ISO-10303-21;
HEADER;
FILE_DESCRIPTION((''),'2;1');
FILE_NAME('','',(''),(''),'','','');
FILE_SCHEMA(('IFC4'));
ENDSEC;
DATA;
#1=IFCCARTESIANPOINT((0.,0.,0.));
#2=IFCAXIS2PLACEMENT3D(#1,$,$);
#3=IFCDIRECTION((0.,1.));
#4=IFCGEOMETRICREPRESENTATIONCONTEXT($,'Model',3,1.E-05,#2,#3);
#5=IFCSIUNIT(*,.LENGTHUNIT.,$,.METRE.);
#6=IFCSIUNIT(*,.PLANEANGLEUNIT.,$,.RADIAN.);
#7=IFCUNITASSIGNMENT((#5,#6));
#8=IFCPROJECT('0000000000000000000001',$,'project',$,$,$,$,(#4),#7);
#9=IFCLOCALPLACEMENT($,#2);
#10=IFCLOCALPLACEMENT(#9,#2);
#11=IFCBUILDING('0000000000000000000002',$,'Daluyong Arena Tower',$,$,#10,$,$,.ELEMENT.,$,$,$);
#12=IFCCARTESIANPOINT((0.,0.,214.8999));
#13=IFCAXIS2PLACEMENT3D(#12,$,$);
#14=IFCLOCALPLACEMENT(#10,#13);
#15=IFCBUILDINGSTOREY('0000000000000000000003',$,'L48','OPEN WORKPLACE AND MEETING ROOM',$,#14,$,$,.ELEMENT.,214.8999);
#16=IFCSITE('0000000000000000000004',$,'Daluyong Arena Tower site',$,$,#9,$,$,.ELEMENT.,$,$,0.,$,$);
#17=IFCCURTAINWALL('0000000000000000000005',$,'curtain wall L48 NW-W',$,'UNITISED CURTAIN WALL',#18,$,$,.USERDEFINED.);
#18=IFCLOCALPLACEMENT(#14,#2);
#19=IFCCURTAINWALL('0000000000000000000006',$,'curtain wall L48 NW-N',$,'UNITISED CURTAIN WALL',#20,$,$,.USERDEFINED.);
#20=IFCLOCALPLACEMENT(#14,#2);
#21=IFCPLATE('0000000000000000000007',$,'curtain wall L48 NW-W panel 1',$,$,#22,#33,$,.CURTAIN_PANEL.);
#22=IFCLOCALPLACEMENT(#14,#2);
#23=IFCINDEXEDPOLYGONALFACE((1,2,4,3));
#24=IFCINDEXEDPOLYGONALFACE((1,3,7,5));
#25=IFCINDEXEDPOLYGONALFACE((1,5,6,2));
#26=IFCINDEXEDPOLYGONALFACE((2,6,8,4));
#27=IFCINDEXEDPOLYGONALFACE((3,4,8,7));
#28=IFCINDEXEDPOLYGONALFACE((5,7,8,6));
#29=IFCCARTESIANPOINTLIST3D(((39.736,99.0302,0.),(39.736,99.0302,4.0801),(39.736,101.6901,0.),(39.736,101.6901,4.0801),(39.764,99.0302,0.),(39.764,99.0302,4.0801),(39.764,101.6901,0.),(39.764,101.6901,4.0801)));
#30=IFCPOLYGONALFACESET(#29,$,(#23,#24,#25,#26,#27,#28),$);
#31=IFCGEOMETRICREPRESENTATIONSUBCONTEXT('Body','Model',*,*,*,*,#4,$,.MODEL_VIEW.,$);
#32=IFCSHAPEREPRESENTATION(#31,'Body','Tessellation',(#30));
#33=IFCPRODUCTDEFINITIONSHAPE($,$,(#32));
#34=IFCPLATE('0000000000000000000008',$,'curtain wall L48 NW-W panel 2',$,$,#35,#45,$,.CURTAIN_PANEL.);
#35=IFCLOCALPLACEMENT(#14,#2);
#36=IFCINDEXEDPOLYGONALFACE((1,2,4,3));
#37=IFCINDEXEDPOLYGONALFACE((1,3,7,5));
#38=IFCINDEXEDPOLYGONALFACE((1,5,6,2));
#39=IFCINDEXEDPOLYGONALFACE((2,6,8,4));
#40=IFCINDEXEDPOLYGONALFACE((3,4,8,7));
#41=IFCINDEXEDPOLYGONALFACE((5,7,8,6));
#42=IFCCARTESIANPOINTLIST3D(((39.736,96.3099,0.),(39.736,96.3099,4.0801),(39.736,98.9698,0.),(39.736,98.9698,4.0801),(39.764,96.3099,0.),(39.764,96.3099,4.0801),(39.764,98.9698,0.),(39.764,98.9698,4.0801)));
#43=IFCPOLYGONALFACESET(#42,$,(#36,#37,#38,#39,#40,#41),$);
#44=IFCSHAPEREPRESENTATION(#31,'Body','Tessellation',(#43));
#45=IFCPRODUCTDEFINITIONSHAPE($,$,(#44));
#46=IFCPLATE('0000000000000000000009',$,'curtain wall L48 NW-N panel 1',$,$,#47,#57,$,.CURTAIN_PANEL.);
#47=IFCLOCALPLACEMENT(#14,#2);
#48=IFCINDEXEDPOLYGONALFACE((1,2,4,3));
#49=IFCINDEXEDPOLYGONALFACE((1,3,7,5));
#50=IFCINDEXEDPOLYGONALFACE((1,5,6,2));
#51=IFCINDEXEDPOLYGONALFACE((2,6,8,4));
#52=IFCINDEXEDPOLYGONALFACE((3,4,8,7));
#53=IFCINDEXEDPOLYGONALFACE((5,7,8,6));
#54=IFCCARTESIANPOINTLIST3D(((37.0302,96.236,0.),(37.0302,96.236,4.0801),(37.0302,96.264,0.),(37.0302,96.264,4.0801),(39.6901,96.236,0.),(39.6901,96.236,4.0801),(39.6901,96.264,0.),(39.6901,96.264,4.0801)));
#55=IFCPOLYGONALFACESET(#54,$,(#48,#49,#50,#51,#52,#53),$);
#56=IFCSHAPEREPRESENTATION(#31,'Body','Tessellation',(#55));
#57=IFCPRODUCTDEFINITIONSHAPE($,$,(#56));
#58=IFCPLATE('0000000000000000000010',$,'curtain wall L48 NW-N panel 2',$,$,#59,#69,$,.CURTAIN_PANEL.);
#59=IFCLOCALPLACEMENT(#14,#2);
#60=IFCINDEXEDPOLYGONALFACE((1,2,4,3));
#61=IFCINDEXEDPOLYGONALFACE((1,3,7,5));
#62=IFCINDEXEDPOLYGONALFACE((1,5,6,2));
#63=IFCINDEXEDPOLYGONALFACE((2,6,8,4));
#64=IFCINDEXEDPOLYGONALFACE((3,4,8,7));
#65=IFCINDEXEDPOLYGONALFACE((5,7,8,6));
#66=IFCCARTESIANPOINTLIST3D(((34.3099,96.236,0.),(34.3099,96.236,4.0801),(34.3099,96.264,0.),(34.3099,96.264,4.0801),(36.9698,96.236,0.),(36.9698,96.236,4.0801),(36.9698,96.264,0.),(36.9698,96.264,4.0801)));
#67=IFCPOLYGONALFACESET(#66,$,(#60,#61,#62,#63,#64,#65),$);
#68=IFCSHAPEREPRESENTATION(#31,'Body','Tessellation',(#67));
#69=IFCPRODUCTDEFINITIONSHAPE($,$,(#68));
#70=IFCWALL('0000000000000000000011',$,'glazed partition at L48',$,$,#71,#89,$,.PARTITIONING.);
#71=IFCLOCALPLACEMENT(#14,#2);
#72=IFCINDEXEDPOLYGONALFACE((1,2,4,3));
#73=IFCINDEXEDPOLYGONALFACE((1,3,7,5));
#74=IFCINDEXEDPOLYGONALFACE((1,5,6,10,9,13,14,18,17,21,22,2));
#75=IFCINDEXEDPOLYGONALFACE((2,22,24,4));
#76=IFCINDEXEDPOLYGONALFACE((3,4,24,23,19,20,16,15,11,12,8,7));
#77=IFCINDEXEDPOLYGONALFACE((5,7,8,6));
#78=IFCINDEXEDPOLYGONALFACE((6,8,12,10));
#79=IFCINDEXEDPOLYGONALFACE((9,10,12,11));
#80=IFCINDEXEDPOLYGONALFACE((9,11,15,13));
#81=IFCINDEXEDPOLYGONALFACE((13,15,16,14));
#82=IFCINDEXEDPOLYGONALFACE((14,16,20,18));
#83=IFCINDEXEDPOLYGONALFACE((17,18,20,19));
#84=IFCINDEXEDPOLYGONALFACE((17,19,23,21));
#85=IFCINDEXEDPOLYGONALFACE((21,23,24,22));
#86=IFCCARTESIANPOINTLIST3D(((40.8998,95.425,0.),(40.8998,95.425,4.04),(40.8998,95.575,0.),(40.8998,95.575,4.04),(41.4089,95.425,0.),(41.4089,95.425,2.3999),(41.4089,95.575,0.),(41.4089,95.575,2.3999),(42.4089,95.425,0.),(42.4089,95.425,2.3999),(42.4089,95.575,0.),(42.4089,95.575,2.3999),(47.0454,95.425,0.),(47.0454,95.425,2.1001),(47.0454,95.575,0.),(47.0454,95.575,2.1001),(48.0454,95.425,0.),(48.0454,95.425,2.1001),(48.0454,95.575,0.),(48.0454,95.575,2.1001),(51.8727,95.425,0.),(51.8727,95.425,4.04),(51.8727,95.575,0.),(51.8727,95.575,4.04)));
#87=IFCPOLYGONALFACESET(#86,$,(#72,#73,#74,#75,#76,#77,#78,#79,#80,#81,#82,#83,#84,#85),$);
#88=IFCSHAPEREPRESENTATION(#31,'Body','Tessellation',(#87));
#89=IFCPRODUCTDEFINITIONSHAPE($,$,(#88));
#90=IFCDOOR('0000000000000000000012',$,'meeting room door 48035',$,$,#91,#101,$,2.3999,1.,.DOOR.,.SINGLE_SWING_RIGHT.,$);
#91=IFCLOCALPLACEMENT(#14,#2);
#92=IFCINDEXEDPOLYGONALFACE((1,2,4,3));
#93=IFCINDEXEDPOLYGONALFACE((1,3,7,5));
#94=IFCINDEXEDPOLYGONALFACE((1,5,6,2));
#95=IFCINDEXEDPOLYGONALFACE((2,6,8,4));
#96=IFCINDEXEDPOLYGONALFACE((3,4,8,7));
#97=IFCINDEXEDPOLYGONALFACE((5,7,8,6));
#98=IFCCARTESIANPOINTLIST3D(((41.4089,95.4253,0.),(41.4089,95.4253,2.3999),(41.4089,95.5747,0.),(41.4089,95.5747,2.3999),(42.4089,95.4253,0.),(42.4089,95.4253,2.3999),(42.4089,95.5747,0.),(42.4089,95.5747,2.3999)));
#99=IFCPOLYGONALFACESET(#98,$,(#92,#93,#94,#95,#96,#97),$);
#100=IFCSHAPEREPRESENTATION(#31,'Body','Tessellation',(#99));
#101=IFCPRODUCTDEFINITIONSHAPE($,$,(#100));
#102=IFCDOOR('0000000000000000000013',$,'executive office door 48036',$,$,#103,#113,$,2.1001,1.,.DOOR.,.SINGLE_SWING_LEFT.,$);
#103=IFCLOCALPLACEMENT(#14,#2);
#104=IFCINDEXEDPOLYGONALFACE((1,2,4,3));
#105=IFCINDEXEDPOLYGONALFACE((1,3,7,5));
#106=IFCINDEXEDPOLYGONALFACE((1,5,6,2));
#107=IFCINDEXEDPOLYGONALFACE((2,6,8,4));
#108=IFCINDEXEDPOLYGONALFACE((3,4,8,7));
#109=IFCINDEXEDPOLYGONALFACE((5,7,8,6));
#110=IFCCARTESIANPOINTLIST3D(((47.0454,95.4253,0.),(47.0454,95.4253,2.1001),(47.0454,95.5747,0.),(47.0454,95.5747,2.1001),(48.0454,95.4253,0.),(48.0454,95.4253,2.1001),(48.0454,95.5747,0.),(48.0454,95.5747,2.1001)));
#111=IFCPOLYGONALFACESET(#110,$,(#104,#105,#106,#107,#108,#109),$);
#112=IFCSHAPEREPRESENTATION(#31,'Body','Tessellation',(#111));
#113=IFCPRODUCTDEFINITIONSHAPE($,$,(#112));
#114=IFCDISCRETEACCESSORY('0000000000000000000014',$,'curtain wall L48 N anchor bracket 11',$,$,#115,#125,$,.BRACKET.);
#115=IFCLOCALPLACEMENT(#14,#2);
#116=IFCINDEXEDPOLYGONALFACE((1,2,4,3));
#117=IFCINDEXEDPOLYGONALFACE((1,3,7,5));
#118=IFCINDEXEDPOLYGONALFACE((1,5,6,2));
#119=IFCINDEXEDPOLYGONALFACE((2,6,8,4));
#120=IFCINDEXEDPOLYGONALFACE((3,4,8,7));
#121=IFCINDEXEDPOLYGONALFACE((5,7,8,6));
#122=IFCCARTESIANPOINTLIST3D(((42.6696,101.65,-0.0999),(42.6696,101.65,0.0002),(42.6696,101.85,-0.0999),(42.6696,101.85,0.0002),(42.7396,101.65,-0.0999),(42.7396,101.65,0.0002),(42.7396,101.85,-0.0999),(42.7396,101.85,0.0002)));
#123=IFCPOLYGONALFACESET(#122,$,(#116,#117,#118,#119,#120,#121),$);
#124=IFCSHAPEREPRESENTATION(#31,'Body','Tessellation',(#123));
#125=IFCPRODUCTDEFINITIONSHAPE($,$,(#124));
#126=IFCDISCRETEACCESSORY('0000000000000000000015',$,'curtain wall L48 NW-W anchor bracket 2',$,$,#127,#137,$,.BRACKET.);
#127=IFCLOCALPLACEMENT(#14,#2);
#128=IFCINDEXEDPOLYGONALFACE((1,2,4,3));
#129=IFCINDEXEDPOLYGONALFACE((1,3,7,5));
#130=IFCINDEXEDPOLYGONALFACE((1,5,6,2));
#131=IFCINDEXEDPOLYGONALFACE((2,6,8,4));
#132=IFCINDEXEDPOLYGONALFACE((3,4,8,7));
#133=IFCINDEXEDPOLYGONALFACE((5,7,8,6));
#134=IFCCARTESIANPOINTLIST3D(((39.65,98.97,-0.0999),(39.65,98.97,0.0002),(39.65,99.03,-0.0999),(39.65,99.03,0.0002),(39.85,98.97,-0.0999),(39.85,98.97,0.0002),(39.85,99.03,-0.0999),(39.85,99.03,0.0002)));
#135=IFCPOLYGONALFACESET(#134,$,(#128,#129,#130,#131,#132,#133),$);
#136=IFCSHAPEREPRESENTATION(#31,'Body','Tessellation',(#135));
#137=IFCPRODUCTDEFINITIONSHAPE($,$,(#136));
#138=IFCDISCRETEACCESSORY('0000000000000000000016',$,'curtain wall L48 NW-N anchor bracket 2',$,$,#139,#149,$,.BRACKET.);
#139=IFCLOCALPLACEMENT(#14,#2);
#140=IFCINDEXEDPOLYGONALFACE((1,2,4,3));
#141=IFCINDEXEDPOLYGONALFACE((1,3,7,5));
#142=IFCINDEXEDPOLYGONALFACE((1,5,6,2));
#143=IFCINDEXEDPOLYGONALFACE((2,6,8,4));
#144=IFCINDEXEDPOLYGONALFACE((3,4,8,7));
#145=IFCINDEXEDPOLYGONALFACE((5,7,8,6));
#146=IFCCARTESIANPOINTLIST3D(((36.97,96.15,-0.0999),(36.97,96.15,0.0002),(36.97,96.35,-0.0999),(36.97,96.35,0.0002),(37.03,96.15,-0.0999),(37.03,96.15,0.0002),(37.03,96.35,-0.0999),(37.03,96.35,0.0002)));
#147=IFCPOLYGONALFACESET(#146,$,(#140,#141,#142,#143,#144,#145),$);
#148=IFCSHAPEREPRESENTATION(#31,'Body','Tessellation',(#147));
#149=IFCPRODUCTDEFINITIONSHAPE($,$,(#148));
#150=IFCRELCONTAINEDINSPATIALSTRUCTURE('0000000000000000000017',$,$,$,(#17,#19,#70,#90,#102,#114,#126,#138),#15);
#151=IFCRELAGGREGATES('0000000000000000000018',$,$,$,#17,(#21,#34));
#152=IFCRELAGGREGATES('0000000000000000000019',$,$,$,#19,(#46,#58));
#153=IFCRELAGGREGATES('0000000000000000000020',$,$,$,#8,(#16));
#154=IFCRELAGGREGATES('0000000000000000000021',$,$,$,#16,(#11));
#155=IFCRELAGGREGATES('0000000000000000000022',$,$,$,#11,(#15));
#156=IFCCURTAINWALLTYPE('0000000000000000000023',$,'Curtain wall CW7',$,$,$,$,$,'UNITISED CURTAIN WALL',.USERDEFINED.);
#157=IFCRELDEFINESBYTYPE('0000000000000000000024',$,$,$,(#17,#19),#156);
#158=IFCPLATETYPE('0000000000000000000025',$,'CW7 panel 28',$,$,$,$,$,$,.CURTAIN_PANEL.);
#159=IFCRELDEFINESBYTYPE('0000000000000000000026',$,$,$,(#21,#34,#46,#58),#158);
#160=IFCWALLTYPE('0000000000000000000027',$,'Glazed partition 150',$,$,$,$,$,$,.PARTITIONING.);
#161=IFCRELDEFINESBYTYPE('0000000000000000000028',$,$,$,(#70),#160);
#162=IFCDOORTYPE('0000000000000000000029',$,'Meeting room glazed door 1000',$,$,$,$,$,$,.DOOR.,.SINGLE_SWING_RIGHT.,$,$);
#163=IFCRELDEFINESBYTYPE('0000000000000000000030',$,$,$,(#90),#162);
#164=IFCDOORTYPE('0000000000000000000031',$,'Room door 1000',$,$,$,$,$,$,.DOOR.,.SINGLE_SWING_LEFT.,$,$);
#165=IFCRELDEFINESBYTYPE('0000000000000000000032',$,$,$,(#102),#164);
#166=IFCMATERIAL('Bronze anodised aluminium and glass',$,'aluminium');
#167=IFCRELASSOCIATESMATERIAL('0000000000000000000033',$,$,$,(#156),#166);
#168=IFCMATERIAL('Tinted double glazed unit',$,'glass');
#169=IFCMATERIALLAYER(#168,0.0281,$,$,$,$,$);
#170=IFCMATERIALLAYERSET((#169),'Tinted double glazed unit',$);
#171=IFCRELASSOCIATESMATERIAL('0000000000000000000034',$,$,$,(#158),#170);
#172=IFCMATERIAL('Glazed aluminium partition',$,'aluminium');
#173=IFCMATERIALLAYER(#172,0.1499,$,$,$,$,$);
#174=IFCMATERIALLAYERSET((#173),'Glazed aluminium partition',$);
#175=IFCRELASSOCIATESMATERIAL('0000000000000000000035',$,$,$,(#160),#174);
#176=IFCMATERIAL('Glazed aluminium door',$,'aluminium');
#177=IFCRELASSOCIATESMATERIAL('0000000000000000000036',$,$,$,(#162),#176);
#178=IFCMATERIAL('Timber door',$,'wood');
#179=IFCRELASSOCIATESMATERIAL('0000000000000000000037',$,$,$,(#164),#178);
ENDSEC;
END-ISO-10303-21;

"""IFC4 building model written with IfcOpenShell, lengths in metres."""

from ifc_helpers import new_model, si_unit, direction, frame, frame_2d, origin, origin_2d, place, context, subcontext, project, spatial, rectangle, extrude, material, layer, layer_set, type_object, element, fill, aggregate, save


model = new_model("IFC4")

# Units and contexts
model_context = context("Model", 3, precision=1e-05, world=origin(), true_north=direction((0.0, 1.0)))
body_context = subcontext(model_context, "Body", "Model", "MODEL_VIEW")
ifc_project = project(units=[si_unit("LENGTHUNIT", "METRE"), si_unit("PLANEANGLEUNIT", "RADIAN")], contexts=[model_context])

# Site, building, storey
site_placement = place(None, origin())
site = spatial("IfcSite", under=ifc_project, at=site_placement, Name="Daluyong Arena Tower site", CompositionType="ELEMENT", RefElevation=0.0)
building_placement = place(site_placement, origin())
building = spatial("IfcBuilding", under=site, at=building_placement, Name="Daluyong Arena Tower", CompositionType="ELEMENT")
storey_placement = place(building_placement, frame((0.0, 0.0, 214.8999)))
storey = spatial("IfcBuildingStorey", under=building, at=storey_placement, Name="L48", Description="OPEN WORKPLACE AND MEETING ROOM", CompositionType="ELEMENT", Elevation=214.8999)

# Curtain walls
ifc_material_1 = material(Name="Bronze anodised aluminium and glass", Category="aluminium")
curtain_wall_type_1 = type_object("IfcCurtainWallType", Name="Curtain wall CW7", ElementType="UNITISED CURTAIN WALL", PredefinedType="USERDEFINED", material=ifc_material_1)
curtain_wall_1_placement = place(storey_placement, origin())
curtain_wall_1 = element("IfcCurtainWall", 1, at=curtain_wall_1_placement, inside=storey, type_object=curtain_wall_type_1, Name="curtain wall L48 NW-W", ObjectType="UNITISED CURTAIN WALL", PredefinedType="USERDEFINED")
curtain_wall_2_placement = place(storey_placement, origin())
curtain_wall_2 = element("IfcCurtainWall", 2, at=curtain_wall_2_placement, inside=storey, type_object=curtain_wall_type_1, Name="curtain wall L48 NW-N", ObjectType="UNITISED CURTAIN WALL", PredefinedType="USERDEFINED")

# Plates
ifc_material_2 = material(Name="Tinted double glazed unit", Category="glass")
ifc_layer_1 = layer(ifc_material_2, 0.0281)
ifc_layer_set_1 = layer_set([ifc_layer_1], Name="Tinted double glazed unit")
plate_type_1 = type_object("IfcPlateType", Name="CW7 panel 28", PredefinedType="CURTAIN_PANEL", material=ifc_layer_set_1)
plate_1_placement = place(storey_placement, frame((39.75, 100.3601, 0.0), z_axis=(0.0, 0.0, 1.0), x_axis=(0.0, -1.0, 0.0)))
plate_1 = element("IfcPlate", 3, at=plate_1_placement, type_object=plate_type_1, Name="curtain wall L48 NW-W panel 1", PredefinedType="CURTAIN_PANEL", context=body_context, shape_type="SweptSolid", body=[
    extrude(rectangle(XDim=2.6599, YDim=0.0281, at=origin_2d()), origin(), (0.0, 0.0, 1.0), 4.0801),
])
plate_2_placement = place(storey_placement, frame((39.75, 97.6399, 0.0), z_axis=(0.0, 0.0, 1.0), x_axis=(0.0, -1.0, 0.0)))
plate_2 = element("IfcPlate", 4, at=plate_2_placement, type_object=plate_type_1, Name="curtain wall L48 NW-W panel 2", PredefinedType="CURTAIN_PANEL", context=body_context, shape_type="SweptSolid", body=[
    extrude(rectangle(XDim=2.6599, YDim=0.0281, at=origin_2d()), origin(), (0.0, 0.0, 1.0), 4.0801),
])
aggregate(curtain_wall_1, [plate_1, plate_2])
plate_3_placement = place(storey_placement, frame((38.3601, 96.25, 0.0), z_axis=(0.0, 0.0, 1.0), x_axis=(-1.0, 0.0, 0.0)))
plate_3 = element("IfcPlate", 5, at=plate_3_placement, type_object=plate_type_1, Name="curtain wall L48 NW-N panel 1", PredefinedType="CURTAIN_PANEL", context=body_context, shape_type="SweptSolid", body=[
    extrude(rectangle(XDim=2.6599, YDim=0.0281, at=origin_2d()), origin(), (0.0, 0.0, 1.0), 4.0801),
])
plate_4_placement = place(storey_placement, frame((35.6399, 96.25, 0.0), z_axis=(0.0, 0.0, 1.0), x_axis=(-1.0, 0.0, 0.0)))
plate_4 = element("IfcPlate", 6, at=plate_4_placement, type_object=plate_type_1, Name="curtain wall L48 NW-N panel 2", PredefinedType="CURTAIN_PANEL", context=body_context, shape_type="SweptSolid", body=[
    extrude(rectangle(XDim=2.6599, YDim=0.0281, at=origin_2d()), origin(), (0.0, 0.0, 1.0), 4.0801),
])
aggregate(curtain_wall_2, [plate_3, plate_4])

# Wall, openings, doors
ifc_material_3 = material(Name="Glazed aluminium partition", Category="aluminium")
ifc_layer_2 = layer(ifc_material_3, 0.1499)
ifc_layer_set_2 = layer_set([ifc_layer_2], Name="Glazed aluminium partition")
wall_type = type_object("IfcWallType", Name="Glazed partition 150", PredefinedType="PARTITIONING", material=ifc_layer_set_2)
wall_placement = place(storey_placement, frame((40.8999, 95.5, 0.0), z_axis=(0.0, 0.0, 1.0), x_axis=(1.0, 0.0, 0.0)))
wall = element("IfcWall", 7, at=wall_placement, inside=storey, type_object=wall_type, Name="glazed partition at L48", PredefinedType="PARTITIONING", context=body_context, shape_type="SweptSolid", body=[
    extrude(rectangle(XDim=10.9729, YDim=0.1499, at=frame_2d((5.4863, 0.0))), origin(), (0.0, 0.0, 1.0), 4.04),
])
opening_1_placement = place(wall_placement, frame((0.509, 0.0, 0.0)))
opening_1 = element("IfcOpeningElement", 8, at=opening_1_placement, cuts=wall, PredefinedType="OPENING", context=body_context, shape_type="SweptSolid", body=[
    extrude(rectangle(XDim=1.0, YDim=2.3999, at=frame_2d((0.5, 1.2))), frame((0.0, 0.085, 0.0), z_axis=(0.0, -1.0, 0.0), x_axis=(1.0, 0.0, 0.0)), (0.0, 0.0, 1.0), 0.1699),
])
opening_2_placement = place(wall_placement, frame((6.1455, 0.0, 0.0)))
opening_2 = element("IfcOpeningElement", 9, at=opening_2_placement, cuts=wall, PredefinedType="OPENING", context=body_context, shape_type="SweptSolid", body=[
    extrude(rectangle(XDim=1.0, YDim=2.1001, at=frame_2d((0.5, 1.05))), frame((0.0, 0.085, 0.0), z_axis=(0.0, -1.0, 0.0), x_axis=(1.0, 0.0, 0.0)), (0.0, 0.0, 1.0), 0.1699),
])
ifc_material_4 = material(Name="Glazed aluminium door", Category="aluminium")
door_type_1 = type_object("IfcDoorType", Name="Meeting room glazed door 1000", OperationType="SINGLE_SWING_RIGHT", PredefinedType="DOOR", material=ifc_material_4)
door_1_placement = place(opening_1_placement, origin())
door_1 = element("IfcDoor", 10, at=door_1_placement, inside=storey, type_object=door_type_1, Name="meeting room door 48035", OperationType="SINGLE_SWING_RIGHT", OverallHeight=2.3999, OverallWidth=1.0, PredefinedType="DOOR", context=body_context, shape_type="SweptSolid", body=[
    extrude(rectangle(XDim=1.0, YDim=2.3999, at=frame_2d((0.5, 1.2))), frame((0.0, 0.0747, 0.0), z_axis=(0.0, -1.0, 0.0), x_axis=(1.0, 0.0, 0.0)), (0.0, 0.0, 1.0), 0.1494),
])
fill(opening_1, door_1)
ifc_material_5 = material(Name="Timber door", Category="wood")
door_type_2 = type_object("IfcDoorType", Name="Room door 1000", OperationType="SINGLE_SWING_LEFT", PredefinedType="DOOR", material=ifc_material_5)
door_2_placement = place(opening_2_placement, origin())
door_2 = element("IfcDoor", 11, at=door_2_placement, inside=storey, type_object=door_type_2, Name="executive office door 48036", OperationType="SINGLE_SWING_LEFT", OverallHeight=2.1001, OverallWidth=1.0, PredefinedType="DOOR", context=body_context, shape_type="SweptSolid", body=[
    extrude(rectangle(XDim=1.0, YDim=2.1001, at=frame_2d((0.5, 1.05))), frame((0.0, 0.0747, 0.0), z_axis=(0.0, -1.0, 0.0), x_axis=(1.0, 0.0, 0.0)), (0.0, 0.0, 1.0), 0.1494),
])
fill(opening_2, door_2)

# Discrete accessories
discrete_accessory_placement = place(storey_placement, frame((42.7046, 101.75, -0.0999), z_axis=(0.0, 0.0, 1.0), x_axis=(-1.0, 0.0, 0.0)))
element("IfcDiscreteAccessory", 12, at=discrete_accessory_placement, inside=storey, Name="curtain wall L48 N anchor bracket 11", PredefinedType="BRACKET", context=body_context, shape_type="SweptSolid", body=[
    extrude(rectangle(XDim=0.0701, YDim=0.2, at=origin_2d()), origin(), (0.0, 0.0, 1.0), 0.1001),
])
for number, where, z_axis, x_axis, name in (
    (13, (39.75, 99.0, -0.0999), (0.0, 0.0, 1.0), (0.0, -1.0, 0.0), "curtain wall L48 NW-W anchor bracket 2"),
    (14, (37.0, 96.25, -0.0999), (0.0, 0.0, 1.0), (-1.0, 0.0, 0.0), "curtain wall L48 NW-N anchor bracket 2"),
):
    element("IfcDiscreteAccessory", number, at=place(storey_placement, frame(where, z_axis=z_axis, x_axis=x_axis)), inside=storey, Name=name, PredefinedType="BRACKET", context=body_context, shape_type="SweptSolid", body=[
        extrude(rectangle(XDim=0.0601, YDim=0.2, at=origin_2d()), origin(), (0.0, 0.0, 1.0), 0.1001),
    ])

save(model, "model.ifc")
